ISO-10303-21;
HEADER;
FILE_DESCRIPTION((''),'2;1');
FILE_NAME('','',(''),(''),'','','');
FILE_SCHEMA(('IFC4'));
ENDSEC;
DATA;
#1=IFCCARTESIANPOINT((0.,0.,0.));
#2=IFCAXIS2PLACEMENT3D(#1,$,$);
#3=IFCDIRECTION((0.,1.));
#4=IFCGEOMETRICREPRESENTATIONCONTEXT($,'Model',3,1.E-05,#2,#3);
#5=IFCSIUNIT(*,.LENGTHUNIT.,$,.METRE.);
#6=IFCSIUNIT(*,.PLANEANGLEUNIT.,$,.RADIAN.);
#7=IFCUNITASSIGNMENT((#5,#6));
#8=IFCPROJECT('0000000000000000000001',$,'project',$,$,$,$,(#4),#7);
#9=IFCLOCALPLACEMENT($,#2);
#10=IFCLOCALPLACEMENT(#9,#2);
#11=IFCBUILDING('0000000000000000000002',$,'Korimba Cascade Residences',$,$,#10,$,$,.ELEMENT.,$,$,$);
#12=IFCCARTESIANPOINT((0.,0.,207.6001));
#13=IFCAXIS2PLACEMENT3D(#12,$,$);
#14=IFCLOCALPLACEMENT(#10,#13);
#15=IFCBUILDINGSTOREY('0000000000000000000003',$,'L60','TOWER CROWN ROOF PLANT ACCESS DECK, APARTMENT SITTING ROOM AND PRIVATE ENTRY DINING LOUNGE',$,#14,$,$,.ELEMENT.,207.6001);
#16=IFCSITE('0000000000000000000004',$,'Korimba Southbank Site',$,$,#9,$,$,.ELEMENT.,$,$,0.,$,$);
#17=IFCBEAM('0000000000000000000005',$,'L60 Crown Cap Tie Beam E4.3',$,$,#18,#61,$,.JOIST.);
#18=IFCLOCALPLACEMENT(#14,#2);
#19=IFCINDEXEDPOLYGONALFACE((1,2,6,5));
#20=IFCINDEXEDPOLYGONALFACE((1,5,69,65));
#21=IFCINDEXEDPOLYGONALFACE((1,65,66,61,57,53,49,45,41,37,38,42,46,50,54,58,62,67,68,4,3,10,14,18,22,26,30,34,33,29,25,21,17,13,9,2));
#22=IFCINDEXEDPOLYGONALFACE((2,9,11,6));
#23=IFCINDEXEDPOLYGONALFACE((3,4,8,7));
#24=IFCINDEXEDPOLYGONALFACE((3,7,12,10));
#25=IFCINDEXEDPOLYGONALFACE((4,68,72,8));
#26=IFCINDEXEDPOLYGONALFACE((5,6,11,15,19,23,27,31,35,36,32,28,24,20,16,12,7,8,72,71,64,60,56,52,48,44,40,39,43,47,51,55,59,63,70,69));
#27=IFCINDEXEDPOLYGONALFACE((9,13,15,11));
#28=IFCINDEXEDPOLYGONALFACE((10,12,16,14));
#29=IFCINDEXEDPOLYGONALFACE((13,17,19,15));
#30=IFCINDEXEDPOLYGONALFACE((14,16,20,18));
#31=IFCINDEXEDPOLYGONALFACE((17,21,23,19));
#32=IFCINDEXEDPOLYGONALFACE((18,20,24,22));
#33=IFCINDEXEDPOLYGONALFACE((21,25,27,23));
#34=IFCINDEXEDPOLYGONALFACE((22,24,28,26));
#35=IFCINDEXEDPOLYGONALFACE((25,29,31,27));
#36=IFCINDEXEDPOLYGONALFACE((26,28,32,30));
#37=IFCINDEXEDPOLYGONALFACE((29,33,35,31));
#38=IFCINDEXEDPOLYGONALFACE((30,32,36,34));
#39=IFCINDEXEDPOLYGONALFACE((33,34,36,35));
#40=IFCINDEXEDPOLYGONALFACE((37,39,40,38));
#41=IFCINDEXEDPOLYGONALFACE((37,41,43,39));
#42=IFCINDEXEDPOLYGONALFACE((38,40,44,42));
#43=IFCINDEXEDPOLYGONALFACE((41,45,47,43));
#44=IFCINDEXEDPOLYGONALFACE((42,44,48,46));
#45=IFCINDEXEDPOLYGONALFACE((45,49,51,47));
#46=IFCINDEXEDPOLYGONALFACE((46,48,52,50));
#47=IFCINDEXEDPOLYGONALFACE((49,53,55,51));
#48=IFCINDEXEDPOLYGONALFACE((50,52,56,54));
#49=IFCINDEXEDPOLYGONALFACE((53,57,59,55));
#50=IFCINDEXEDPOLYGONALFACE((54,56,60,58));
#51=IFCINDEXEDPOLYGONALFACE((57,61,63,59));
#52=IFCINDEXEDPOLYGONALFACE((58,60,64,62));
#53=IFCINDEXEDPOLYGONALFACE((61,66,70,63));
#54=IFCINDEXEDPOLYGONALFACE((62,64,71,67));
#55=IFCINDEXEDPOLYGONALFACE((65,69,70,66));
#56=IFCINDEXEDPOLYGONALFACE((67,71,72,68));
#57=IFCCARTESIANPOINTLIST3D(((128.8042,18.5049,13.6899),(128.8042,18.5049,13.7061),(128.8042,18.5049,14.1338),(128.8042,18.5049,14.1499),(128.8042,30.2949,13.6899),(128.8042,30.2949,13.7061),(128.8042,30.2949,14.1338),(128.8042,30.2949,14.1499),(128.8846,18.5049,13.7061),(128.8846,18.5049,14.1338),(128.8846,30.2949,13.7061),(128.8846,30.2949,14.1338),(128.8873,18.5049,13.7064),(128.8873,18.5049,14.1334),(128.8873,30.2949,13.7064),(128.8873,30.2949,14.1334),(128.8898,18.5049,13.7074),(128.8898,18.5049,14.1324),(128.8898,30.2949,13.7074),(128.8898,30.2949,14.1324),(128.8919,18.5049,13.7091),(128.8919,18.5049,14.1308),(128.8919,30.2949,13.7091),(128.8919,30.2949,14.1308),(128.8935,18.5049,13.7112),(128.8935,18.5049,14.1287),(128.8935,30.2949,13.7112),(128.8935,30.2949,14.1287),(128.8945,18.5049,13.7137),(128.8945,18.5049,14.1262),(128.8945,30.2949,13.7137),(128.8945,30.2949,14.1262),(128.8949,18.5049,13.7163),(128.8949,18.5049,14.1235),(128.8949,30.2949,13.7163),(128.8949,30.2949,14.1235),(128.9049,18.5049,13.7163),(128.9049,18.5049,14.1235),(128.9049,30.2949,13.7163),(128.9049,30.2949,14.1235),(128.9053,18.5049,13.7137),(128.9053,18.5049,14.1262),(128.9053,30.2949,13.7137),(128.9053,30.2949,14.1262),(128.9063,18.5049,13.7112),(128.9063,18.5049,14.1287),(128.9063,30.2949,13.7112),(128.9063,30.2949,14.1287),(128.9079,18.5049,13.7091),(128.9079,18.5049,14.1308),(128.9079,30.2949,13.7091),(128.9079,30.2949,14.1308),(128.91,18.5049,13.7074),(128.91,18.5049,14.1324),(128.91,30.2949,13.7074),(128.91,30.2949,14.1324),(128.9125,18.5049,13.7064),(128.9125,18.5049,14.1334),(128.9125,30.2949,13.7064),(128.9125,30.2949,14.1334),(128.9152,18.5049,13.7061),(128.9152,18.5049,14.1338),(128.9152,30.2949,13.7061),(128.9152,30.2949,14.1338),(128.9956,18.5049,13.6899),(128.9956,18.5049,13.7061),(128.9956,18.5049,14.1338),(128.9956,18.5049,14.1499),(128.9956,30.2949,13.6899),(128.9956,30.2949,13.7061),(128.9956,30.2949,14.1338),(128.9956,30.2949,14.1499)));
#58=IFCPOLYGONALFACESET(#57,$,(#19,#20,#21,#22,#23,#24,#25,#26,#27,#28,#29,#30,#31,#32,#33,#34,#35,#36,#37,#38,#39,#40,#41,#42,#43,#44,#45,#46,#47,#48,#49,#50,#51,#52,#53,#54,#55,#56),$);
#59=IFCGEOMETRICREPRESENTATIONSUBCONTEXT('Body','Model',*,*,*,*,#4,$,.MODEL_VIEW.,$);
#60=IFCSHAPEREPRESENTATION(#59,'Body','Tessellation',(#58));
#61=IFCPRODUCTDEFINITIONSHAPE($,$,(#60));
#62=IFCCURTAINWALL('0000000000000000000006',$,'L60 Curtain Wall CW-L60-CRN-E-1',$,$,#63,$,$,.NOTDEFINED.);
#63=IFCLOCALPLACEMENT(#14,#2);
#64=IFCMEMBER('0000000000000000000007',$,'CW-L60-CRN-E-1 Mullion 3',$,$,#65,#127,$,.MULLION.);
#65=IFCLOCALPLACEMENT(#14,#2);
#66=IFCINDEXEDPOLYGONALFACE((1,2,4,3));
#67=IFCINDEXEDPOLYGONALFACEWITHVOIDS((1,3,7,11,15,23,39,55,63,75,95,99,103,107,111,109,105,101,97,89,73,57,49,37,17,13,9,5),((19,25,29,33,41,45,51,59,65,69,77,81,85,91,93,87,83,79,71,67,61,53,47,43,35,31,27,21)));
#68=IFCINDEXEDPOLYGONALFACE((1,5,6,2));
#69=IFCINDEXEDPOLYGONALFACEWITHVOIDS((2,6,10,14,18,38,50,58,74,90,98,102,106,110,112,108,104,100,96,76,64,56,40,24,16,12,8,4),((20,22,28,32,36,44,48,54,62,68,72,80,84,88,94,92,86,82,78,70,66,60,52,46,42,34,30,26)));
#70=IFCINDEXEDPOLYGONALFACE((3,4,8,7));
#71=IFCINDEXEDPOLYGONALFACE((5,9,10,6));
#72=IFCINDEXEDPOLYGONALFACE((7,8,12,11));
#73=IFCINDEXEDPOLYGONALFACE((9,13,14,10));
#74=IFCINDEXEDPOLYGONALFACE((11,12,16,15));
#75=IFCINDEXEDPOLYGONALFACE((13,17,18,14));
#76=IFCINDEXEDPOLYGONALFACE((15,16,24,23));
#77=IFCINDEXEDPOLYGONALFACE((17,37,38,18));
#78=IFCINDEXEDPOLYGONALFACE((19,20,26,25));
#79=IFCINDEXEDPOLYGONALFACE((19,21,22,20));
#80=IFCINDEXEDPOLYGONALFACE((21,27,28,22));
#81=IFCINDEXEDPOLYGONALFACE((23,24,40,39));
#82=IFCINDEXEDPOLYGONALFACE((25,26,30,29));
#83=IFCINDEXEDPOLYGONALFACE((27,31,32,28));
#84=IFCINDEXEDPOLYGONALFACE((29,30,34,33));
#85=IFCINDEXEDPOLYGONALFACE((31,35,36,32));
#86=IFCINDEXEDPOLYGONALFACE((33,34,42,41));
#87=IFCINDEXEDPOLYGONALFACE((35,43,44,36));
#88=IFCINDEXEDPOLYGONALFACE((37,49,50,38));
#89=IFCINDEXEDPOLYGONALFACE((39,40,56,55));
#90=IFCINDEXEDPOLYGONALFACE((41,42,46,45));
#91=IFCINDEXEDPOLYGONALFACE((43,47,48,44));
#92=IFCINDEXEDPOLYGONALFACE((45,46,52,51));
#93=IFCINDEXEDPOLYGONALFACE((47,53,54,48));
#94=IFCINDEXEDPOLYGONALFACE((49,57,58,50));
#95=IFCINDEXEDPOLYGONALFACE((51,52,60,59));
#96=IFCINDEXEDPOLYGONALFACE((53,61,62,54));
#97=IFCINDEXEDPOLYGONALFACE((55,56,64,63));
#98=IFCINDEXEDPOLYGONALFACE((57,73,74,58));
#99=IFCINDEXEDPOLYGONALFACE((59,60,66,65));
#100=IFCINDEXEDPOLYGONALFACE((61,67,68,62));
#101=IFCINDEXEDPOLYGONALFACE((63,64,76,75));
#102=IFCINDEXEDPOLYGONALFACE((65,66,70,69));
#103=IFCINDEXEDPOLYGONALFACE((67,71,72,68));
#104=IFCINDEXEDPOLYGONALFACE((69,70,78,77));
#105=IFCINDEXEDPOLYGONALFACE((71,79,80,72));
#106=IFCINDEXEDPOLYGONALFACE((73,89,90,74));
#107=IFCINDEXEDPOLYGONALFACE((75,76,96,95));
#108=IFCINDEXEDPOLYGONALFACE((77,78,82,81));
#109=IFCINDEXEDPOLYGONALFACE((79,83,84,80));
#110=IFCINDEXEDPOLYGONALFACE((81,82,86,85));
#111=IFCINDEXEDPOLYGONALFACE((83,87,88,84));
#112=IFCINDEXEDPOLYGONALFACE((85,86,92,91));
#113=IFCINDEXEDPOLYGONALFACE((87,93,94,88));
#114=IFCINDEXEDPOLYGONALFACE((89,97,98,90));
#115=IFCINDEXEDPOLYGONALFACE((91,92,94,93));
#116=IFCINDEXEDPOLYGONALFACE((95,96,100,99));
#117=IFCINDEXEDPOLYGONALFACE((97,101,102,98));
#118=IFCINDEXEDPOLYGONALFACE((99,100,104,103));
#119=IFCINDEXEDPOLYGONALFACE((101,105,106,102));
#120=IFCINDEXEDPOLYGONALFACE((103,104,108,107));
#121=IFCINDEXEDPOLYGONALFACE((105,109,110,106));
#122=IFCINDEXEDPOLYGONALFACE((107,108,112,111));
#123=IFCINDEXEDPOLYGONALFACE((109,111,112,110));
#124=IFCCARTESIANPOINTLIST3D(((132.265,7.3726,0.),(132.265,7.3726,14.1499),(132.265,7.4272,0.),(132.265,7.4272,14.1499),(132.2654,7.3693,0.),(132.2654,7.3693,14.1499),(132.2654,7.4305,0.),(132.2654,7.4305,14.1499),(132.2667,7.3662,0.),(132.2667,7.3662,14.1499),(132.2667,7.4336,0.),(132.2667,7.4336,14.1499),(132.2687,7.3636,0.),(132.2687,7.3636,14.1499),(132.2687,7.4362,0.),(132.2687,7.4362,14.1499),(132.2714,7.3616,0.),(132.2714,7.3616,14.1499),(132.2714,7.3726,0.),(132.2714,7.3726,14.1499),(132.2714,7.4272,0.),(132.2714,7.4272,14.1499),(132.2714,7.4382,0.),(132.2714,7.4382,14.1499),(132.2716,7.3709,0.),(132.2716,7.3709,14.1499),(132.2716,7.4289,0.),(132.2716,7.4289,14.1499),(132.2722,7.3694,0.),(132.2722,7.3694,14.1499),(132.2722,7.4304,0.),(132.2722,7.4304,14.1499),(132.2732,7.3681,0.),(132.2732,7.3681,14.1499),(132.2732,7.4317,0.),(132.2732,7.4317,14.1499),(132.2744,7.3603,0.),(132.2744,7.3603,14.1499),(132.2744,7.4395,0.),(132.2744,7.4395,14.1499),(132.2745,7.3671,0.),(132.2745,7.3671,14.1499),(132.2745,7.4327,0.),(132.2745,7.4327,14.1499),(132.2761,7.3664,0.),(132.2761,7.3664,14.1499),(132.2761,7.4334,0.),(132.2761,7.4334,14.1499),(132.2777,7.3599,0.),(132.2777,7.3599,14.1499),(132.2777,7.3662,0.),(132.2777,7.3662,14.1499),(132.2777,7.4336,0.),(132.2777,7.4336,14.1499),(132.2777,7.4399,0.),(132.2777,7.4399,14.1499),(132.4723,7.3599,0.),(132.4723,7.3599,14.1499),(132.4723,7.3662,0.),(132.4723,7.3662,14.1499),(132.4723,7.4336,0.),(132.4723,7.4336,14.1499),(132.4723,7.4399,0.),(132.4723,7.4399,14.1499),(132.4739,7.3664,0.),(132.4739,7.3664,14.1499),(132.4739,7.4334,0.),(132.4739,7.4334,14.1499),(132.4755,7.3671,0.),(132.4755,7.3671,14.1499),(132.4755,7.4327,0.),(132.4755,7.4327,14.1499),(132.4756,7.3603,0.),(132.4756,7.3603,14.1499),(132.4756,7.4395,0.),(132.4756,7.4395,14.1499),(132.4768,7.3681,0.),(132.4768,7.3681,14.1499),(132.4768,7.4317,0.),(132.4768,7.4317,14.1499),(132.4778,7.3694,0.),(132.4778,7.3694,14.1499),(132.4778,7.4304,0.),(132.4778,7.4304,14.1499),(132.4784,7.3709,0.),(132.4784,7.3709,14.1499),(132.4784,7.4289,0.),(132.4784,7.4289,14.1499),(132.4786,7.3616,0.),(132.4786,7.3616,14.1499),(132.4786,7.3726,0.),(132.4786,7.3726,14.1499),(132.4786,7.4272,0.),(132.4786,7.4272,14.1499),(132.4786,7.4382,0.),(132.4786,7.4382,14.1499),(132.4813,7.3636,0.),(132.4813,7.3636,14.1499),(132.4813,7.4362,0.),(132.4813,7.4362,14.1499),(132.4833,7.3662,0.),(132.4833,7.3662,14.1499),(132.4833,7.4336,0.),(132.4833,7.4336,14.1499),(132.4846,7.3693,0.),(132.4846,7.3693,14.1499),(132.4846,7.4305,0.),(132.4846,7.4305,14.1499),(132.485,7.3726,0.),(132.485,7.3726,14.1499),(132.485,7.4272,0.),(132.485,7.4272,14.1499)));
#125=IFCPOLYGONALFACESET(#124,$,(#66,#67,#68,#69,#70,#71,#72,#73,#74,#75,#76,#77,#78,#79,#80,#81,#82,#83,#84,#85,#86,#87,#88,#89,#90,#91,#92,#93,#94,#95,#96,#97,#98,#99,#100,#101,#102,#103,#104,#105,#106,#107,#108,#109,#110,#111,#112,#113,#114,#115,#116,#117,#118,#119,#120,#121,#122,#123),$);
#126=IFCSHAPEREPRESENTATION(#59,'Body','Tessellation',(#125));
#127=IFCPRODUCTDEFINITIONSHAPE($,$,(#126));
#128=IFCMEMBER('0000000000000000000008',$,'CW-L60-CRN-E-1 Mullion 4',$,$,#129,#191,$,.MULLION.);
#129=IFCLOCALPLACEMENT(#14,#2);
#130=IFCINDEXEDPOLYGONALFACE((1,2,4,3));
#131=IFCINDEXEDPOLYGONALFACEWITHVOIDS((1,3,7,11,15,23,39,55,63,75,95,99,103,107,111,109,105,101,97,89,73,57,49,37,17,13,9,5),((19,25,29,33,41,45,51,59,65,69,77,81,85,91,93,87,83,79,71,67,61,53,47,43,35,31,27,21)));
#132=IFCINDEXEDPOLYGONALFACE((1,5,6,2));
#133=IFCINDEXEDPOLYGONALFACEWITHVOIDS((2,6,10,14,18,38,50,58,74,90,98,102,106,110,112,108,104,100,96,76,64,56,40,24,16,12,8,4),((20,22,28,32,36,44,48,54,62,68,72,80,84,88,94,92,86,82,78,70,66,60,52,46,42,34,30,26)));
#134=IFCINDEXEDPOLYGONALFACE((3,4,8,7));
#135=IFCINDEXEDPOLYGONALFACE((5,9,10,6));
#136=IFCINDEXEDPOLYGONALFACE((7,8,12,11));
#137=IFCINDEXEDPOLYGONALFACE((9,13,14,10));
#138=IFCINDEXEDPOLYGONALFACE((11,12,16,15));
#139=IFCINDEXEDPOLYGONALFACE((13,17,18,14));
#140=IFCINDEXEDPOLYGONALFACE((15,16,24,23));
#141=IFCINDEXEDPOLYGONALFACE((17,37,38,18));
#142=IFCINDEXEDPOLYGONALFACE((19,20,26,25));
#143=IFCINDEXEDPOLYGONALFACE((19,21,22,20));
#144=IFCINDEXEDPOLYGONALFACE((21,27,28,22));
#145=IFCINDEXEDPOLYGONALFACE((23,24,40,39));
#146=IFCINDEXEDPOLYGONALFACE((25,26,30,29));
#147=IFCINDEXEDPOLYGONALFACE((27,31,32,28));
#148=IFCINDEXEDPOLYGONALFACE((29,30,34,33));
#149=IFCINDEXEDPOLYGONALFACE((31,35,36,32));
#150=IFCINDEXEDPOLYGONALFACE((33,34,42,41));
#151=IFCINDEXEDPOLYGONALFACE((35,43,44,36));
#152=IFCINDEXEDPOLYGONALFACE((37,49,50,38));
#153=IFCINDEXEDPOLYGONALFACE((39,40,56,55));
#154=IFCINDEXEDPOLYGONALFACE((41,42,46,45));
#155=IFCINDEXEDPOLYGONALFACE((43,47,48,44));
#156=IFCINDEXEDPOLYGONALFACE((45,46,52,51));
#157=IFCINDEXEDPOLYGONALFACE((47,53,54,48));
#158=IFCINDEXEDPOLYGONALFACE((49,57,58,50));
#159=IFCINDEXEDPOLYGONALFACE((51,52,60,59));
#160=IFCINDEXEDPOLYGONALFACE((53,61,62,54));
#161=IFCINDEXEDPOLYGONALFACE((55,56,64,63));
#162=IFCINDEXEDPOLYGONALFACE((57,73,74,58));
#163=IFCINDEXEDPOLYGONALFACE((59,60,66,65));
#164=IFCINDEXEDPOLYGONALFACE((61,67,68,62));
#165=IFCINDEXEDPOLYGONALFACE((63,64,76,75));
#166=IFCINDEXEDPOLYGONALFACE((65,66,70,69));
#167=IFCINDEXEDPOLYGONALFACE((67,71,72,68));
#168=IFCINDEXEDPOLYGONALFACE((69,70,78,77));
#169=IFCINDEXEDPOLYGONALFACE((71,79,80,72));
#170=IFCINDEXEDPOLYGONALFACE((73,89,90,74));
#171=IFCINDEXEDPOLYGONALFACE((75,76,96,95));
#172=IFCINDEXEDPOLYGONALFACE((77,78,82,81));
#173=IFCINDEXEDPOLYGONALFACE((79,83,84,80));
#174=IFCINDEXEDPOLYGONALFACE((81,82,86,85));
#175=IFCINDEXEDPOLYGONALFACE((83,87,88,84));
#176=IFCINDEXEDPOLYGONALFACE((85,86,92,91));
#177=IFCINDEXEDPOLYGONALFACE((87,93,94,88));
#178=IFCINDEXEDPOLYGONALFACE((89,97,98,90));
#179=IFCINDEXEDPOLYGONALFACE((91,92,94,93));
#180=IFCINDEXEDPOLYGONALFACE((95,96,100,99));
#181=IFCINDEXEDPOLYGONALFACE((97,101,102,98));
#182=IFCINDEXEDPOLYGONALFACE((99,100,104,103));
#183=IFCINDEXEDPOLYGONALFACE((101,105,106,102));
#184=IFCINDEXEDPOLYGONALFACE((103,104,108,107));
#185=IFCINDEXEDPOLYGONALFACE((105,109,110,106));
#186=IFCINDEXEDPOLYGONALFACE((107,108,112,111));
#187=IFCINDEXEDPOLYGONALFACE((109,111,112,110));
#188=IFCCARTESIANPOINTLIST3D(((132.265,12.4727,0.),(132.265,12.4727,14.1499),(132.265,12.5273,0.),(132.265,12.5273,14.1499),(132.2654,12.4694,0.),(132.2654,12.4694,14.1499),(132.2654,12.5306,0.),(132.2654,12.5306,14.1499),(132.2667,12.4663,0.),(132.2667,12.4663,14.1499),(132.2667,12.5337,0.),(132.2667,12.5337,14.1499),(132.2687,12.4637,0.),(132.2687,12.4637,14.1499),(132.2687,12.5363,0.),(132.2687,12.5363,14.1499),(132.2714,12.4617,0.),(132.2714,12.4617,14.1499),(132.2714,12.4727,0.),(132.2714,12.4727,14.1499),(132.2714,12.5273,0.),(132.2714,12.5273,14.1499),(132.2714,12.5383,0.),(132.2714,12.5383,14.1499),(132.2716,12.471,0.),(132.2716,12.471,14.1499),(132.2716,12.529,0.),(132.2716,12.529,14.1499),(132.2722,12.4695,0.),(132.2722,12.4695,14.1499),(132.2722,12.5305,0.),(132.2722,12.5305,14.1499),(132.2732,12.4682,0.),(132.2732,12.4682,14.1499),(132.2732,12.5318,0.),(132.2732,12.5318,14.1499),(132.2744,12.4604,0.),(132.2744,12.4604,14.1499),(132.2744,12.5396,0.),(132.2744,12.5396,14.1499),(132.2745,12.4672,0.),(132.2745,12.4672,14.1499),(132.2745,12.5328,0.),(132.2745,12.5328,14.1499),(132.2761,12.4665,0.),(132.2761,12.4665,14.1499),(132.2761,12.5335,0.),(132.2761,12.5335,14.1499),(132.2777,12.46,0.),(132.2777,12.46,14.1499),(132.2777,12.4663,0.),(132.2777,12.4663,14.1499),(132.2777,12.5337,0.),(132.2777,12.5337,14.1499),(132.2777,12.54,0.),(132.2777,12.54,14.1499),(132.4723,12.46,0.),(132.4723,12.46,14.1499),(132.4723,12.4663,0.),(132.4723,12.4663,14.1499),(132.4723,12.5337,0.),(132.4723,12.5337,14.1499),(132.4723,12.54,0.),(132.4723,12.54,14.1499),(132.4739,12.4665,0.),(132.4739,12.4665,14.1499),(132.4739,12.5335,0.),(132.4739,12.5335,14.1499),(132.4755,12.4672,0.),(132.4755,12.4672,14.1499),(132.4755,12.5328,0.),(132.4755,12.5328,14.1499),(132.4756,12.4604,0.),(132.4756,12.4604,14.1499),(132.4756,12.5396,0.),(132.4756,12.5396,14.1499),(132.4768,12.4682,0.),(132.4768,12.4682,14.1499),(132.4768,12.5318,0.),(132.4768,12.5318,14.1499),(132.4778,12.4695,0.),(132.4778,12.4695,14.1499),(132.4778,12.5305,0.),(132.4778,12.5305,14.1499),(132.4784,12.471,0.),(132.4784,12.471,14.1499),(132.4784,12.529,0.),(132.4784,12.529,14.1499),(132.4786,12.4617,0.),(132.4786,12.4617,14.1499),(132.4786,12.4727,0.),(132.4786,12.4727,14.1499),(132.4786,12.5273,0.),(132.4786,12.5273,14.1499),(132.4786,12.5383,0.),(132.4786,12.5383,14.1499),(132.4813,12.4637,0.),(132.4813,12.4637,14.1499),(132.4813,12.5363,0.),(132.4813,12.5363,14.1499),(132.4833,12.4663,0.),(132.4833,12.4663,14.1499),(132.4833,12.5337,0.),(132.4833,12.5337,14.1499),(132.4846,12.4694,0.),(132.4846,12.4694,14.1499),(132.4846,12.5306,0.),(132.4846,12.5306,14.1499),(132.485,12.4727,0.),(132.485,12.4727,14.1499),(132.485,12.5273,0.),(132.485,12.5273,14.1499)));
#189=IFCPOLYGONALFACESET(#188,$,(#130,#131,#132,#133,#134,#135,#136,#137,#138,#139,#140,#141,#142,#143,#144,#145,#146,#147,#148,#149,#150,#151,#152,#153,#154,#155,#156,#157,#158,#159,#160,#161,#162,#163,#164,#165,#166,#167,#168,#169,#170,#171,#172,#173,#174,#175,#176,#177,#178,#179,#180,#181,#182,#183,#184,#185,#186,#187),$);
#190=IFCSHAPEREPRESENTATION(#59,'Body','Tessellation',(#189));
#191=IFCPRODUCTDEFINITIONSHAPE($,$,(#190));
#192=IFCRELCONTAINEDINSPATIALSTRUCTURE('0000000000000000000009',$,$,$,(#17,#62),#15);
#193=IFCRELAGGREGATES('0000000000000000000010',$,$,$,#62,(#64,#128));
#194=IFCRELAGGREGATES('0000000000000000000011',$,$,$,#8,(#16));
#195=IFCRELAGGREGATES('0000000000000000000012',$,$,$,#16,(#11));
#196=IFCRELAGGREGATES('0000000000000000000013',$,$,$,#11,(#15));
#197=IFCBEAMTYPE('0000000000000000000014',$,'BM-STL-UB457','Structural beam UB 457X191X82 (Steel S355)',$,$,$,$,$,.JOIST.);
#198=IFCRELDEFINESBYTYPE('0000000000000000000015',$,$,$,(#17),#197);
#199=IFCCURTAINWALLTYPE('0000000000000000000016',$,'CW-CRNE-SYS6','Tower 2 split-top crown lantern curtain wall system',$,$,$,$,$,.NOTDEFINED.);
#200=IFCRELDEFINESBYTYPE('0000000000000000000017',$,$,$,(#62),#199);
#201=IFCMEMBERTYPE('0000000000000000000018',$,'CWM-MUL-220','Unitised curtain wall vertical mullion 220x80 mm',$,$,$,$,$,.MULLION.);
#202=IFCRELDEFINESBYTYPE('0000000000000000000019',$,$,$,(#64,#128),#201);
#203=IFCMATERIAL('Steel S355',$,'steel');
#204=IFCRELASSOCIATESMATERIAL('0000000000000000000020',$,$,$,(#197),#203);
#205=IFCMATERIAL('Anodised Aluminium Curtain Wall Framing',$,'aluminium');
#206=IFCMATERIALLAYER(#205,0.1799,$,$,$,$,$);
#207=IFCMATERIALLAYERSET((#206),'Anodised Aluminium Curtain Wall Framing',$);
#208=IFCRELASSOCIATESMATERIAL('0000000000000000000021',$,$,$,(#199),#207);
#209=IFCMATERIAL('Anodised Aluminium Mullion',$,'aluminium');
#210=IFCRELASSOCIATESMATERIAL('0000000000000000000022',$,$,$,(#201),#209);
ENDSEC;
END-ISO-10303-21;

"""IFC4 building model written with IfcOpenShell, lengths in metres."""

from ifc_helpers import new_model, si_unit, direction, frame, origin, origin_2d, place, context, subcontext, project, spatial, hollow_rectangle, i_section, extrude, material, layer, layer_set, material_profile, profile_set, type_object, element, aggregate, save


model = new_model("IFC4")

# Units and contexts
model_context = context("Model", 3, precision=1e-05, world=origin(), true_north=direction((0.0, 1.0)))
body_context = subcontext(model_context, "Body", "Model", "MODEL_VIEW")
ifc_project = project(units=[si_unit("LENGTHUNIT", "METRE"), si_unit("PLANEANGLEUNIT", "RADIAN")], contexts=[model_context])

# Site, building, storey
site_placement = place(None, origin())
site = spatial("IfcSite", under=ifc_project, at=site_placement, Name="Korimba Southbank Site", CompositionType="ELEMENT", RefElevation=0.0)
building_placement = place(site_placement, origin())
building = spatial("IfcBuilding", under=site, at=building_placement, Name="Korimba Cascade Residences", CompositionType="ELEMENT")
storey_placement = place(building_placement, frame((0.0, 0.0, 207.6001)))
storey = spatial("IfcBuildingStorey", under=building, at=storey_placement, Name="L60", Description="TOWER CROWN ROOF PLANT ACCESS DECK, APARTMENT SITTING ROOM AND PRIVATE ENTRY DINING LOUNGE", CompositionType="ELEMENT", Elevation=207.6001)

# Shared definitions
ifc_material_1 = material(Name="Steel S355", Category="steel")

# Beam
ifc_material_profile_1 = material_profile(ifc_material_1, i_section(OverallWidth=0.1914, OverallDepth=0.46, WebThickness=0.01, FlangeThickness=0.0161, FilletRadius=0.0103, at=origin_2d()), Name="Steel S355")
ifc_profile_set_1 = profile_set([ifc_material_profile_1], Name="Steel S355")
beam_type_1 = type_object("IfcBeamType", Name="BM-STL-UB457", Description="Structural beam UB 457X191X82 (Steel S355)", PredefinedType="JOIST", material=ifc_profile_set_1)
beam_1_placement = place(storey_placement, frame((128.8999, 18.5049, 13.9199), z_axis=(0.0, 1.0, 0.0), x_axis=(-1.0, 0.0, 0.0)))
element("IfcBeam", 1, at=beam_1_placement, inside=storey, type_object=beam_type_1, Name="L60 Crown Cap Tie Beam E4.3", PredefinedType="JOIST", context=body_context, shape_type="SweptSolid", body=[
    extrude(i_section(OverallWidth=0.1914, OverallDepth=0.46, WebThickness=0.01, FlangeThickness=0.0161, FilletRadius=0.0103, at=origin_2d()), origin(), (0.0, 0.0, 1.0), 11.79),
])

# Curtain wall, members
ifc_material_2 = material(Name="Anodised Aluminium Curtain Wall Framing", Category="aluminium")
ifc_layer_1 = layer(ifc_material_2, 0.1799)
ifc_layer_set_1 = layer_set([ifc_layer_1], Name="Anodised Aluminium Curtain Wall Framing")
curtain_wall_type = type_object("IfcCurtainWallType", Name="CW-CRNE-SYS6", Description="Tower 2 split-top crown lantern curtain wall system", PredefinedType="NOTDEFINED", material=ifc_layer_set_1)
curtain_wall_placement = place(storey_placement, origin())
curtain_wall = element("IfcCurtainWall", 2, at=curtain_wall_placement, inside=storey, type_object=curtain_wall_type, Name="L60 Curtain Wall CW-L60-CRN-E-1", PredefinedType="NOTDEFINED")
ifc_material_3 = material(Name="Anodised Aluminium Mullion", Category="aluminium")
ifc_material_profile_2 = material_profile(ifc_material_3, hollow_rectangle(XDim=0.0801, YDim=0.22, WallThickness=0.0063, InnerFilletRadius=0.0063, OuterFilletRadius=0.0127, at=origin_2d()), Name="Anodised Aluminium Mullion")
ifc_profile_set_2 = profile_set([ifc_material_profile_2], Name="Anodised Aluminium Mullion")
member_type_1 = type_object("IfcMemberType", Name="CWM-MUL-220", Description="Unitised curtain wall vertical mullion 220x80 mm", PredefinedType="MULLION", material=ifc_profile_set_2)
member_1_placement = place(storey_placement, frame((132.375, 7.3999, 0.0), z_axis=(0.0, 0.0, 1.0), x_axis=(0.0, 1.0, 0.0)))
member_1 = element("IfcMember", 3, at=member_1_placement, type_object=member_type_1, Name="CW-L60-CRN-E-1 Mullion 3", PredefinedType="MULLION", context=body_context, shape_type="SweptSolid", body=[
    extrude(hollow_rectangle(XDim=0.0801, YDim=0.22, WallThickness=0.0063, InnerFilletRadius=0.0063, OuterFilletRadius=0.0127, at=origin_2d()), origin(), (0.0, 0.0, 1.0), 14.1499),
])
member_2_placement = place(storey_placement, frame((132.375, 12.5, 0.0), z_axis=(0.0, 0.0, 1.0), x_axis=(0.0, 1.0, 0.0)))
member_2 = element("IfcMember", 4, at=member_2_placement, type_object=member_type_1, Name="CW-L60-CRN-E-1 Mullion 4", PredefinedType="MULLION", context=body_context, shape_type="SweptSolid", body=[
    extrude(hollow_rectangle(XDim=0.0801, YDim=0.22, WallThickness=0.0063, InnerFilletRadius=0.0063, OuterFilletRadius=0.0127, at=origin_2d()), origin(), (0.0, 0.0, 1.0), 14.1499),
])

aggregate(curtain_wall, [member_1, member_2])

save(model, "model.ifc")
